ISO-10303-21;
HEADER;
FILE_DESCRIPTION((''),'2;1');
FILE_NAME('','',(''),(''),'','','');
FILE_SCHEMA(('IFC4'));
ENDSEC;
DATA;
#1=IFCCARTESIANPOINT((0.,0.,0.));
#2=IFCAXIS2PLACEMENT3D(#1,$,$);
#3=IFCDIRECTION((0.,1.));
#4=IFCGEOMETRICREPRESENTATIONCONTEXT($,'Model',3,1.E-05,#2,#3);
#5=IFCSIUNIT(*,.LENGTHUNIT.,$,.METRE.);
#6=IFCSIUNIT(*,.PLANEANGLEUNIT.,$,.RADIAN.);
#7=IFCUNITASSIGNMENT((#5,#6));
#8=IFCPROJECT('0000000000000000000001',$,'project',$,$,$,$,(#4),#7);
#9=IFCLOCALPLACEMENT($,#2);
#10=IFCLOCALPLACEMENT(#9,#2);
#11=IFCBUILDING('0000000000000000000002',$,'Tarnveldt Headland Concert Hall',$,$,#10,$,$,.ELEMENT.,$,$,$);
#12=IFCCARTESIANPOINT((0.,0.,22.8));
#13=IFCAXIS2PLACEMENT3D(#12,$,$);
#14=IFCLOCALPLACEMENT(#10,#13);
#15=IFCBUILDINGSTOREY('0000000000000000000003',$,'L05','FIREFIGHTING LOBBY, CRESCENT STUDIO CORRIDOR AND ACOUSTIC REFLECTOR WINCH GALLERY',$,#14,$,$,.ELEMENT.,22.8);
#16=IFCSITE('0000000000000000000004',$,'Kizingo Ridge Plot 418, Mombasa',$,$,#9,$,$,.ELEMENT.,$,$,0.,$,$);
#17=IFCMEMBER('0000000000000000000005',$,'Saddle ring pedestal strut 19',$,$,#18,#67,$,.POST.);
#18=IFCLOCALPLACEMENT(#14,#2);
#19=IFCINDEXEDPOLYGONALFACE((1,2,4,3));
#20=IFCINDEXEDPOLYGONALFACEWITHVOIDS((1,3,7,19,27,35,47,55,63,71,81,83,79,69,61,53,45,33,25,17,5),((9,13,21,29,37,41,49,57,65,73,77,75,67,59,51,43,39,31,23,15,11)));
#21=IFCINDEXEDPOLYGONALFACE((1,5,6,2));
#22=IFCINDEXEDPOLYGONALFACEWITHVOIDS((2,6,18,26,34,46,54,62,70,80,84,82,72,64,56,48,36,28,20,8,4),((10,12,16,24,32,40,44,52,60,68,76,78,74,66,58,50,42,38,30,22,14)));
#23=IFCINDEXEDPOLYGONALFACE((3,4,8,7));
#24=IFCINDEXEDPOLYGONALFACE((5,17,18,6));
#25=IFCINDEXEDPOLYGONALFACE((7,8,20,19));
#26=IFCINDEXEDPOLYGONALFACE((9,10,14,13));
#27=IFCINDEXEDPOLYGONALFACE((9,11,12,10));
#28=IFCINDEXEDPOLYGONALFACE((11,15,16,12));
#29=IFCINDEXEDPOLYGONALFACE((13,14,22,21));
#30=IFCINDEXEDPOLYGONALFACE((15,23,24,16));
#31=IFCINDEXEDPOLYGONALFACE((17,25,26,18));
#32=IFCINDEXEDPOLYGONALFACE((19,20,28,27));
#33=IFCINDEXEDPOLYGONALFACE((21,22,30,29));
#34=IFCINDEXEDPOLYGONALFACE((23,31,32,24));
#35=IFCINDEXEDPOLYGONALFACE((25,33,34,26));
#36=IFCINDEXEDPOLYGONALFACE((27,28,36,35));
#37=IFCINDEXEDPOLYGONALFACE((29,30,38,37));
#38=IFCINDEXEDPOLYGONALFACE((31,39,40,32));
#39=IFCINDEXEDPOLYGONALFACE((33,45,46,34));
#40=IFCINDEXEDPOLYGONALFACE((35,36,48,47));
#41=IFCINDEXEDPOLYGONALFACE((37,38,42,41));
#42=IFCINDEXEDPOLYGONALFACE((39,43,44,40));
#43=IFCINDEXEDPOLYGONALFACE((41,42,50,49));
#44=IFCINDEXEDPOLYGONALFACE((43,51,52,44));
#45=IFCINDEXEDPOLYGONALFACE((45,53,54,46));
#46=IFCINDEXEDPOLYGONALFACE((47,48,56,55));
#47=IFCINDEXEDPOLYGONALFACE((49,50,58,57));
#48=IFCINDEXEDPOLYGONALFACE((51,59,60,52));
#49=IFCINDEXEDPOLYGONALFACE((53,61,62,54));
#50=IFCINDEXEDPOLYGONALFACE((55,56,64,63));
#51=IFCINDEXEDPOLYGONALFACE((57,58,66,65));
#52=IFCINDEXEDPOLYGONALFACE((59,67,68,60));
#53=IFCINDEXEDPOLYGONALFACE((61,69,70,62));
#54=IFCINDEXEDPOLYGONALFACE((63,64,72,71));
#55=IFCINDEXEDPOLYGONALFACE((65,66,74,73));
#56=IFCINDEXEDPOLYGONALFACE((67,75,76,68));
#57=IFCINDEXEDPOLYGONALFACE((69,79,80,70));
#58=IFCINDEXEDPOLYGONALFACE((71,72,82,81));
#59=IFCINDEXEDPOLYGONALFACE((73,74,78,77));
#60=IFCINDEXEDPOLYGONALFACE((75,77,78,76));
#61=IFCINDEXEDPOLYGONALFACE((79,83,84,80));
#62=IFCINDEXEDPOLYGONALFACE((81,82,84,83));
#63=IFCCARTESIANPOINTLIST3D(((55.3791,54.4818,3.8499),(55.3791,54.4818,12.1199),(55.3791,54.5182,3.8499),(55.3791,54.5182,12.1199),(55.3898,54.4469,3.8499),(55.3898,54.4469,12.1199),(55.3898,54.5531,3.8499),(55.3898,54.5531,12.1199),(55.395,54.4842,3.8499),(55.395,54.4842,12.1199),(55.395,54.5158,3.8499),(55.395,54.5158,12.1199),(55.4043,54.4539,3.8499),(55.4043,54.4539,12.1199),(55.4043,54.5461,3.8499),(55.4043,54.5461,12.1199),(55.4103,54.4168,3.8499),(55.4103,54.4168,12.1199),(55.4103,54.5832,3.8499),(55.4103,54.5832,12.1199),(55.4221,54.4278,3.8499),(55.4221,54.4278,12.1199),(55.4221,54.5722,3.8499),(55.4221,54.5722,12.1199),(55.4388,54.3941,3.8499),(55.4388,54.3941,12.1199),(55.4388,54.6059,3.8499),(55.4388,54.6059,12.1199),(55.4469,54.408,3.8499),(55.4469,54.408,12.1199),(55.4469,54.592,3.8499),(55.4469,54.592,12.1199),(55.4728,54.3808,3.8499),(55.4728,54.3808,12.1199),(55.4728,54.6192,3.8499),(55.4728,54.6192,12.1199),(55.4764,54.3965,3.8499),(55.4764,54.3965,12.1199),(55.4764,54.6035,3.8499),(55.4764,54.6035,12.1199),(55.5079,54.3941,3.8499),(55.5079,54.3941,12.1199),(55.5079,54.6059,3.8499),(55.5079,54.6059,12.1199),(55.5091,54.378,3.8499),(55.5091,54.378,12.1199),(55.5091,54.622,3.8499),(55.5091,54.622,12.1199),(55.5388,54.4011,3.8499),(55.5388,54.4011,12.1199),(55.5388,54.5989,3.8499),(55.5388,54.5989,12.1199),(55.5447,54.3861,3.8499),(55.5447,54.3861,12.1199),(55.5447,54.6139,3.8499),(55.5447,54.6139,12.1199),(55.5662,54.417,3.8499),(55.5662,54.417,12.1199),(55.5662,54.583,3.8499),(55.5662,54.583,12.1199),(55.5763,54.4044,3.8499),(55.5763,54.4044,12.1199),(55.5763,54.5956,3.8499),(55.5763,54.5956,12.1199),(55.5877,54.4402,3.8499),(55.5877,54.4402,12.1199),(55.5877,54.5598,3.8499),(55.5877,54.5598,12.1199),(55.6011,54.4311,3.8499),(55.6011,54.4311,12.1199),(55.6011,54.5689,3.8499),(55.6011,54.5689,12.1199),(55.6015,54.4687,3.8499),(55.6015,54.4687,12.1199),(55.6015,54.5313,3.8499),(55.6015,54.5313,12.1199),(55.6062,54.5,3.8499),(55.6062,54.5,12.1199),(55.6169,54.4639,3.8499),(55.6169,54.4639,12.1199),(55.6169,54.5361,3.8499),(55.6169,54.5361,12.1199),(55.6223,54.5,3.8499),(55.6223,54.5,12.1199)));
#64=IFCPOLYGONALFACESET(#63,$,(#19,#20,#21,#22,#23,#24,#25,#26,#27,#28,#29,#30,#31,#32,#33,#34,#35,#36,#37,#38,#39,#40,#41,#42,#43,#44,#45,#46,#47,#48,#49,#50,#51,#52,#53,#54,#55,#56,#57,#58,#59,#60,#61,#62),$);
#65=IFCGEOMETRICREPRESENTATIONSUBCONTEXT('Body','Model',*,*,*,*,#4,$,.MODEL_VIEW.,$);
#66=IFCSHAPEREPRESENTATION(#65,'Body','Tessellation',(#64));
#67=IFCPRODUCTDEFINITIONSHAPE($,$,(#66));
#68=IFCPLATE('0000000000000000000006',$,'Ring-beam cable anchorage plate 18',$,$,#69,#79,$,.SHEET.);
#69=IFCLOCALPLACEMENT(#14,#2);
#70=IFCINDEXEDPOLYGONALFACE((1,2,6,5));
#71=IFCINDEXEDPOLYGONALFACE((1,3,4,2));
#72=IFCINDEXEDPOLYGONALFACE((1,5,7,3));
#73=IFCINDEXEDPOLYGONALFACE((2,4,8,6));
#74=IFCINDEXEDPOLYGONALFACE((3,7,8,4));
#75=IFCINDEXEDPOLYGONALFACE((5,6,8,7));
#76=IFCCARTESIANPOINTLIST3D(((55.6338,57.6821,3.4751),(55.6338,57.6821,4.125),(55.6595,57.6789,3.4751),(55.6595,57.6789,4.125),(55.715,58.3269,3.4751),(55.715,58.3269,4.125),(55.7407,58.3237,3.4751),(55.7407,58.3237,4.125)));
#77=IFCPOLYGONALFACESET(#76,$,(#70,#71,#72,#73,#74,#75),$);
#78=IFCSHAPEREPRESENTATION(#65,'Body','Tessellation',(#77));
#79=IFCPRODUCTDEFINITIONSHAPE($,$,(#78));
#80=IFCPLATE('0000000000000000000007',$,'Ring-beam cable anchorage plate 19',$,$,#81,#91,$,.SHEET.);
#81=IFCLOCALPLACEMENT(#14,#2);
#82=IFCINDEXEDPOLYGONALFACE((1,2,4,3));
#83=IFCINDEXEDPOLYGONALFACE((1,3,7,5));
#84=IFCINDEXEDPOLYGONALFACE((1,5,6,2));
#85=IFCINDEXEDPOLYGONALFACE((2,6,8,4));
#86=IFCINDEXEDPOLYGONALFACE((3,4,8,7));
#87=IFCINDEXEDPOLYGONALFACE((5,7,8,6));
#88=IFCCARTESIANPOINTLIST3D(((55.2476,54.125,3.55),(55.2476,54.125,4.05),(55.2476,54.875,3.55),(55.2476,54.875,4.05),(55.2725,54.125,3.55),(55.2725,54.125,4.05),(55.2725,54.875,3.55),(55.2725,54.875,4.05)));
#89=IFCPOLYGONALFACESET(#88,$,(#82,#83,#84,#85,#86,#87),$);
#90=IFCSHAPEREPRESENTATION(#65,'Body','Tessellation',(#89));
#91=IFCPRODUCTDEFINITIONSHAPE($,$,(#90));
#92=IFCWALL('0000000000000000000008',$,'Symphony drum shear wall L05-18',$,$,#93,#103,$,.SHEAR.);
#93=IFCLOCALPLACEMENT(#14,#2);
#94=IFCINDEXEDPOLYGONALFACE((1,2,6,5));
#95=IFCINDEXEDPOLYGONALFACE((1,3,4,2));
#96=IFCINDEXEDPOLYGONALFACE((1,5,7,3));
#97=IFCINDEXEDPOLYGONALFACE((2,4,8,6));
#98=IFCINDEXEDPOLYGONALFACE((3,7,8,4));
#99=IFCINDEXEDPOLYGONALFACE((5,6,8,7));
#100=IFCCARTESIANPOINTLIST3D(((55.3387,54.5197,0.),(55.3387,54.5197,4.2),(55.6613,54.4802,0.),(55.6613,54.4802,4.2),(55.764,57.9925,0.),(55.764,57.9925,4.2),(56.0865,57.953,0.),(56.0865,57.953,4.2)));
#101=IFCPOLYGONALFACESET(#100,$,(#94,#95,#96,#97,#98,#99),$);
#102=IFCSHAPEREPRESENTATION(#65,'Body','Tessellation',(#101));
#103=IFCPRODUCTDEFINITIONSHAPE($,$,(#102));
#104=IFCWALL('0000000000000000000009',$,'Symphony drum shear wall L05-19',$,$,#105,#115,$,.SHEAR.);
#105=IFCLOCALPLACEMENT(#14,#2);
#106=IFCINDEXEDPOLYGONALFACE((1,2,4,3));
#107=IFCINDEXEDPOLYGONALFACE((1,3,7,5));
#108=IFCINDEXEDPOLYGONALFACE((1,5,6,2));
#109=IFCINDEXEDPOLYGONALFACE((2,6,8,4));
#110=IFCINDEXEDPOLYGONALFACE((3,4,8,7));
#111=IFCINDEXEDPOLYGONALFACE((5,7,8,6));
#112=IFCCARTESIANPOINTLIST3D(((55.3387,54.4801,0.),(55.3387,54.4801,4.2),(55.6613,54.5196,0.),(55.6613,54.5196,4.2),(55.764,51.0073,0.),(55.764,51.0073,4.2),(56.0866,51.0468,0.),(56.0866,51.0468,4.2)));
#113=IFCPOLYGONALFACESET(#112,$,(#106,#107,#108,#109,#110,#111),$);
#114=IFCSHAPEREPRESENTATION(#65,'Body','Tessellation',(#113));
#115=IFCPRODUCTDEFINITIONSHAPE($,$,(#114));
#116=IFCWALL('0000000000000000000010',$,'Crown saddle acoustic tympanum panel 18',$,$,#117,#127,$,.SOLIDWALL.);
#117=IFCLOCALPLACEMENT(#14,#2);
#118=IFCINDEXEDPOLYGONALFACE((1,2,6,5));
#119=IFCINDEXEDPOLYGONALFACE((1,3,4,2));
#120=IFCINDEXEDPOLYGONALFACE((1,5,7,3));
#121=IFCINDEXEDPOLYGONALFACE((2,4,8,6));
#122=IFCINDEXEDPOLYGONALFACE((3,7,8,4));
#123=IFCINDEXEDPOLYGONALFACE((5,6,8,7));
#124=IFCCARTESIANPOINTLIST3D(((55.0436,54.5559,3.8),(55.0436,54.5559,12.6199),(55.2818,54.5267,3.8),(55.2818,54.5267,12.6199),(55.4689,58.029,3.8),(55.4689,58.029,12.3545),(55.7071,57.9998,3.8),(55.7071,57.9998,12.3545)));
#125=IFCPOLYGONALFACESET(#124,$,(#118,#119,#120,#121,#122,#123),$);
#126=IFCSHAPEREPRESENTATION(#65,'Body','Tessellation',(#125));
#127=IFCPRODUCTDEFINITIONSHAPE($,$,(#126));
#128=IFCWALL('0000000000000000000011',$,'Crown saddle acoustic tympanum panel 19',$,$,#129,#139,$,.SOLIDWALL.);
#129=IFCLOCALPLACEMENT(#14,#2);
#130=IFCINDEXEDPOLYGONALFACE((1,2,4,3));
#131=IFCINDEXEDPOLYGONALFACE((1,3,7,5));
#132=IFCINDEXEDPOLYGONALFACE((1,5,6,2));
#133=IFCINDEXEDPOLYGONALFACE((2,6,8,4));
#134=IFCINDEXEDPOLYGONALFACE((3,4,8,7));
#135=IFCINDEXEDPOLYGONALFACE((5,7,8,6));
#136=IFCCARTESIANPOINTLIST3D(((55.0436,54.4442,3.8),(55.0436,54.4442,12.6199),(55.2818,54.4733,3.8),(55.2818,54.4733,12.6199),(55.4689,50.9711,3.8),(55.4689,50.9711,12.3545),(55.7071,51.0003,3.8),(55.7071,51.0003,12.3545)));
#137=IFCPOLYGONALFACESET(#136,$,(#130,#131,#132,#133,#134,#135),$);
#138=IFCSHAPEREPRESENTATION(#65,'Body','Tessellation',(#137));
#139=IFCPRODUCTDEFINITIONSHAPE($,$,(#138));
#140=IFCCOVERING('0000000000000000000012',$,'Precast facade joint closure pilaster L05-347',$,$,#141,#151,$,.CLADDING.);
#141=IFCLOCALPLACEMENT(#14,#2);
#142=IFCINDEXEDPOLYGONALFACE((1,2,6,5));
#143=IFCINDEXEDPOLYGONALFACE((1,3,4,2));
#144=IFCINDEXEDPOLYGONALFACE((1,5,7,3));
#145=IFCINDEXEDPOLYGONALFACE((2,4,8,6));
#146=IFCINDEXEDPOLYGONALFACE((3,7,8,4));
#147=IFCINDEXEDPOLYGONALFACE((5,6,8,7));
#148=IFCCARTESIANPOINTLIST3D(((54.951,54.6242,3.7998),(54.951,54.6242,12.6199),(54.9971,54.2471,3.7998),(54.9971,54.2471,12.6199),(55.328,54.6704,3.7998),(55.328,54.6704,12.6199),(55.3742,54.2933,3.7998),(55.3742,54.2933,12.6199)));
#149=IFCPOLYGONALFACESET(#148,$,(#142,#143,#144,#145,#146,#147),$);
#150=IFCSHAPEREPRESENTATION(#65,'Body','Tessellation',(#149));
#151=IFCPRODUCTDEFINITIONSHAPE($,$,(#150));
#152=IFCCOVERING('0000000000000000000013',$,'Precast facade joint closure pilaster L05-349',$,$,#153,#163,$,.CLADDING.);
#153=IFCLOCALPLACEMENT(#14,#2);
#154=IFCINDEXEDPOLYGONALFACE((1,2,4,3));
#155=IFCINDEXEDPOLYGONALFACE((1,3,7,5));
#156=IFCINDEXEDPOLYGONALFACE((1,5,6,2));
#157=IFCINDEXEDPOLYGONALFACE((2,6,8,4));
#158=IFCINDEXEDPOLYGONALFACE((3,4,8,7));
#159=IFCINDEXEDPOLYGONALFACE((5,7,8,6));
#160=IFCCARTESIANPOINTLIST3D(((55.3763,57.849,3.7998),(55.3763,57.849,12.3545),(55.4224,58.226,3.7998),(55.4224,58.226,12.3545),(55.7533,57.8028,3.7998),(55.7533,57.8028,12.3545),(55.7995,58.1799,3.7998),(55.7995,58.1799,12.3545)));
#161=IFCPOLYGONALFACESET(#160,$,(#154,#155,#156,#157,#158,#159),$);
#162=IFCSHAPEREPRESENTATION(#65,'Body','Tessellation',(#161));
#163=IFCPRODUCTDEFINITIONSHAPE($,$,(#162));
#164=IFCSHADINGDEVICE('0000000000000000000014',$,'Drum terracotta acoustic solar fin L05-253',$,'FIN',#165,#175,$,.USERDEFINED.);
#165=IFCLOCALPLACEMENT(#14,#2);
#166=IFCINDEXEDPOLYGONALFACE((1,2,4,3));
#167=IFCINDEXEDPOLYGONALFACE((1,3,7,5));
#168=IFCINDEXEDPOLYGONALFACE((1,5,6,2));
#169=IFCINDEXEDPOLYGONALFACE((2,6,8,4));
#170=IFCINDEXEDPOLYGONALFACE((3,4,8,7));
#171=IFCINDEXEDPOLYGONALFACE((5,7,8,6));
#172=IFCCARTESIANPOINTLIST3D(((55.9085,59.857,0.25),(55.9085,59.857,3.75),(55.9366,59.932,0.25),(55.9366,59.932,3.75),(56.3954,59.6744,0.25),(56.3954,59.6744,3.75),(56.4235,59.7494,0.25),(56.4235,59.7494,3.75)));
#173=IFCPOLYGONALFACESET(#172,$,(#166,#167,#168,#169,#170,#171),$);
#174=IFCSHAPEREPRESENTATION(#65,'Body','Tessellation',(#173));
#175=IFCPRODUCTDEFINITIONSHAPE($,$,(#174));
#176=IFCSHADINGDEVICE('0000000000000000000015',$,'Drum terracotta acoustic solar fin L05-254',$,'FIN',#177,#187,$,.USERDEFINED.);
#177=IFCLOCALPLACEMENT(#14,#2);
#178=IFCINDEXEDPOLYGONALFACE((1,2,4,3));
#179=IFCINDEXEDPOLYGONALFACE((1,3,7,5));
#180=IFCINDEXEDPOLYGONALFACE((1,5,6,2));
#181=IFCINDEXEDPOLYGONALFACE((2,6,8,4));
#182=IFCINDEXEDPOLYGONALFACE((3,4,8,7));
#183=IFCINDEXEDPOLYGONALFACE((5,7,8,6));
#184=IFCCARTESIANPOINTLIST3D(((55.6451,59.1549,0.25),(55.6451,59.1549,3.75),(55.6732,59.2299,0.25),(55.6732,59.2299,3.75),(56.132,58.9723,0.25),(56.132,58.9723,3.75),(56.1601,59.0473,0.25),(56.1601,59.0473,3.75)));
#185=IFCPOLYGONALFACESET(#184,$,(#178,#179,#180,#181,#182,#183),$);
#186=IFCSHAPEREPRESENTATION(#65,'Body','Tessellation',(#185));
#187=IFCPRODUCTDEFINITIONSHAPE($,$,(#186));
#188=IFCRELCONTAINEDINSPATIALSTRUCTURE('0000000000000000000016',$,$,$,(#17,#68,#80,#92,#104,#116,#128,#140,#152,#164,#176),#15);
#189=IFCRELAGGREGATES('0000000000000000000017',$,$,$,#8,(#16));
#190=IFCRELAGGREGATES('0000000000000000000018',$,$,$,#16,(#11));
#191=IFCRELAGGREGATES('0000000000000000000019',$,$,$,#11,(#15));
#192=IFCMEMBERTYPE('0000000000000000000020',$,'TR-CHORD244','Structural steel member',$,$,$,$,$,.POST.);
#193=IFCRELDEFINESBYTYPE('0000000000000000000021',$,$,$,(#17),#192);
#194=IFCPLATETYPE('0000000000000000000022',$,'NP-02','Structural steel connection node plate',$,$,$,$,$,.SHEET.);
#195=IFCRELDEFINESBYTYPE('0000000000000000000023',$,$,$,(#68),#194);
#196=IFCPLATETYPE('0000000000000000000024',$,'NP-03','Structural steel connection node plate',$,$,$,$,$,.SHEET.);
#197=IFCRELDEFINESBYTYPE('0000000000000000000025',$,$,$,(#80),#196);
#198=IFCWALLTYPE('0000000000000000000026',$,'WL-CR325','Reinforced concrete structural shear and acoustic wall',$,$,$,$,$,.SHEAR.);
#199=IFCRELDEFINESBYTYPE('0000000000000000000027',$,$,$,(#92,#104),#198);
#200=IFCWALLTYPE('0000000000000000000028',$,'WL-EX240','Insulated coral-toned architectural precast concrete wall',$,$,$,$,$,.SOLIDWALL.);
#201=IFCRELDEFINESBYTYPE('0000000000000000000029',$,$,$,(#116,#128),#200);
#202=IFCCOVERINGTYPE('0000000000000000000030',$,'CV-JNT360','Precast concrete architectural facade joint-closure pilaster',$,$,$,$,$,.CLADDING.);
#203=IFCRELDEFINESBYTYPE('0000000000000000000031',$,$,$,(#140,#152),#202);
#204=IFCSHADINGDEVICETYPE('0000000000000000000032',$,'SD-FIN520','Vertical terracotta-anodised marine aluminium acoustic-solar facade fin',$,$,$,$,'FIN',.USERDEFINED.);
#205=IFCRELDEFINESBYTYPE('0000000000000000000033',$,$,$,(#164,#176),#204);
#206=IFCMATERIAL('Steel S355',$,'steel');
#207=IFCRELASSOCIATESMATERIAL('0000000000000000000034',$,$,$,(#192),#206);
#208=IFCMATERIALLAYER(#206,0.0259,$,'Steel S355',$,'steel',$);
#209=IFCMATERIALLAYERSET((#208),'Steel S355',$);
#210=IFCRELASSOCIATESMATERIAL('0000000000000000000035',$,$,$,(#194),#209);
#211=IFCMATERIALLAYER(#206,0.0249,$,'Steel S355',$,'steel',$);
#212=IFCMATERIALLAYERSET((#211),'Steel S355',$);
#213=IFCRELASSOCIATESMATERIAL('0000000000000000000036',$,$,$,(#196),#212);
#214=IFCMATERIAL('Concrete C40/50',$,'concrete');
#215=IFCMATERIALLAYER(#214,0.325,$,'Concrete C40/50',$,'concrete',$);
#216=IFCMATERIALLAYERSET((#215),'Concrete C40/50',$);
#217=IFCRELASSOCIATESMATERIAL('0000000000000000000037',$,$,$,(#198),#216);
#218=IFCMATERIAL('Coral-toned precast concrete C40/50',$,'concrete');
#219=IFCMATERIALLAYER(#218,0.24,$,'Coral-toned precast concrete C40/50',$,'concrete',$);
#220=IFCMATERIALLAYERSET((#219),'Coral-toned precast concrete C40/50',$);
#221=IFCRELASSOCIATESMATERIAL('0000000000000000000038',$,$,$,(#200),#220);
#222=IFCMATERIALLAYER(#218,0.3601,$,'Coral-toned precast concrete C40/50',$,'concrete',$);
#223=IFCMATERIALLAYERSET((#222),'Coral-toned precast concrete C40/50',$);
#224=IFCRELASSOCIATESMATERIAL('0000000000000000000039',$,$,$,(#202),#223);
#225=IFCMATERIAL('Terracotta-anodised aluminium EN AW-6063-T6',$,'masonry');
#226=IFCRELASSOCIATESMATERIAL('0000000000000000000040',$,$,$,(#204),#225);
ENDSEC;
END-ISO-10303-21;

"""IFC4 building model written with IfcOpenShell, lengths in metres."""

from ifc_helpers import new_model, si_unit, direction, frame, frame_2d, origin, origin_2d, place, context, subcontext, project, spatial, polyline, rectangle, hollow_circle, outline, extrude, material, layer, layer_set, material_profile, profile_set, type_object, element, save


model = new_model("IFC4")

# Units and contexts
model_context = context("Model", 3, precision=1e-05, world=origin(), true_north=direction((0.0, 1.0)))
body_context = subcontext(model_context, "Body", "Model", "MODEL_VIEW")
ifc_project = project(units=[si_unit("LENGTHUNIT", "METRE"), si_unit("PLANEANGLEUNIT", "RADIAN")], contexts=[model_context])

# Site, building, storey
site_placement = place(None, origin())
site = spatial("IfcSite", under=ifc_project, at=site_placement, Name="Kizingo Ridge Plot 418, Mombasa", CompositionType="ELEMENT", RefElevation=0.0)
building_placement = place(site_placement, origin())
building = spatial("IfcBuilding", under=site, at=building_placement, Name="Tarnveldt Headland Concert Hall", CompositionType="ELEMENT")
storey_placement = place(building_placement, frame((0.0, 0.0, 22.8)))
storey = spatial("IfcBuildingStorey", under=building, at=storey_placement, Name="L05", Description="FIREFIGHTING LOBBY, CRESCENT STUDIO CORRIDOR AND ACOUSTIC REFLECTOR WINCH GALLERY", CompositionType="ELEMENT", Elevation=22.8)

# Shared definitions
ifc_material_1 = material(Name="Concrete C40/50", Category="concrete")

# Shared definitions
ifc_material_2 = material(Name="Steel S355", Category="steel")

# Member
ifc_material_profile_1 = material_profile(ifc_material_2, hollow_circle(Radius=0.1223, WallThickness=0.0161, at=origin_2d()), Name="CHS 244.5x16", Category="steel")
ifc_profile_set_1 = profile_set([ifc_material_profile_1], Name="Steel S355")
member_type_1 = type_object("IfcMemberType", Name="TR-CHORD244", Description="Structural steel member", PredefinedType="POST", material=ifc_profile_set_1)
member_1_placement = place(storey_placement, frame((55.5, 54.5, 3.8499), z_axis=(0.0, 0.0, 1.0), x_axis=(1.0, 0.0, 0.0)))
element("IfcMember", 1, at=member_1_placement, inside=storey, type_object=member_type_1, Name="Saddle ring pedestal strut 19", PredefinedType="POST", context=body_context, shape_type="SweptSolid", body=[
    extrude(hollow_circle(Radius=0.1223, WallThickness=0.0161, at=origin_2d()), origin(), (0.0, 0.0, 1.0), 8.27),
])

# Plates
ifc_layer_1 = layer(ifc_material_2, 0.0259, Name="Steel S355", Category="steel")
ifc_layer_set_1 = layer_set([ifc_layer_1], Name="Steel S355")
plate_type_1 = type_object("IfcPlateType", Name="NP-02", Description="Structural steel connection node plate", PredefinedType="SHEET", material=ifc_layer_set_1)
plate_1_placement = place(storey_placement, frame((55.6873, 58.0029, 3.4751), z_axis=(0.0, 0.0, 1.0), x_axis=(-0.124987, -0.992158, 0.0)))
element("IfcPlate", 2, at=plate_1_placement, inside=storey, type_object=plate_type_1, Name="Ring-beam cable anchorage plate 18", PredefinedType="SHEET", context=body_context, shape_type="SweptSolid", body=[
    extrude(rectangle(XDim=0.6499, YDim=0.0259, at=origin_2d()), origin(), (0.0, 0.0, 1.0), 0.6499),
])
ifc_layer_2 = layer(ifc_material_2, 0.0249, Name="Steel S355", Category="steel")
ifc_layer_set_2 = layer_set([ifc_layer_2], Name="Steel S355")
plate_type_2 = type_object("IfcPlateType", Name="NP-03", Description="Structural steel connection node plate", PredefinedType="SHEET", material=ifc_layer_set_2)
plate_2_placement = place(storey_placement, frame((55.26, 54.5, 3.55), z_axis=(0.0, 0.0, 1.0), x_axis=(0.0, -1.0, 0.0)))
element("IfcPlate", 3, at=plate_2_placement, inside=storey, type_object=plate_type_2, Name="Ring-beam cable anchorage plate 19", PredefinedType="SHEET", context=body_context, shape_type="SweptSolid", body=[
    extrude(rectangle(XDim=0.75, YDim=0.0249, at=origin_2d()), origin(), (0.0, 0.0, 1.0), 0.5),
])

# Walls
ifc_layer_3 = layer(ifc_material_1, 0.325, Name="Concrete C40/50", Category="concrete")
ifc_layer_set_3 = layer_set([ifc_layer_3], Name="Concrete C40/50")
wall_type_1 = type_object("IfcWallType", Name="WL-CR325", Description="Reinforced concrete structural shear and acoustic wall", PredefinedType="SHEAR", material=ifc_layer_set_3)
for number, where, z_axis, x_axis, name in (
    (4, (55.9253, 57.9729, 0.0), (0.0, 0.0, 1.0), (-0.121552, -0.992585, 0.0), "Symphony drum shear wall L05-18"),
    (5, (55.5, 54.5, 0.0), (0.0, 0.0, 1.0), (0.121552, -0.992585, 0.0), "Symphony drum shear wall L05-19"),
):
    element("IfcWall", number, at=place(storey_placement, frame(where, z_axis=z_axis, x_axis=x_axis)), inside=storey, type_object=wall_type_1, Name=name, PredefinedType="SHEAR", context=body_context, shape_type="SweptSolid", body=[
        extrude(rectangle(XDim=3.4988, YDim=0.325, at=frame_2d((1.7495, 0.0))), origin(), (0.0, 0.0, 1.0), 4.2),
    ])
ifc_material_3 = material(Name="Coral-toned precast concrete C40/50", Category="concrete")
ifc_layer_4 = layer(ifc_material_3, 0.24, Name="Coral-toned precast concrete C40/50", Category="concrete")
ifc_layer_set_4 = layer_set([ifc_layer_4], Name="Coral-toned precast concrete C40/50")
wall_type_2 = type_object("IfcWallType", Name="WL-EX240", Description="Insulated coral-toned architectural precast concrete wall", PredefinedType="SOLIDWALL", material=ifc_layer_set_4)
wall_1_placement = place(storey_placement, frame((55.5879, 58.0144, 3.8), z_axis=(0.0, 0.0, 1.0), x_axis=(-0.121544, -0.992586, 0.0)))
element("IfcWall", 6, at=wall_1_placement, inside=storey, type_object=wall_type_2, Name="Crown saddle acoustic tympanum panel 18", PredefinedType="SOLIDWALL", context=body_context, shape_type="SweptSolid", body=[
    extrude(outline(polyline([(0.0, 0.0), (3.499, 0.0), (3.499, 8.8198), (0.0, 8.5544), (0.0, 0.0)])), frame((0.0, 0.1201, 0.0), z_axis=(0.0, -1.0, 0.0), x_axis=(1.0, 0.0, 0.0)), (0.0, 0.0, 1.0), 0.24),
])
wall_2_placement = place(storey_placement, frame((55.1626, 54.4587, 3.8), z_axis=(0.0, 0.0, 1.0), x_axis=(0.121544, -0.992586, 0.0)))
element("IfcWall", 7, at=wall_2_placement, inside=storey, type_object=wall_type_2, Name="Crown saddle acoustic tympanum panel 19", PredefinedType="SOLIDWALL", context=body_context, shape_type="SweptSolid", body=[
    extrude(outline(polyline([(0.0, 0.0), (3.499, 0.0), (3.499, 8.5544), (0.0, 8.8198), (0.0, 0.0)])), frame((0.0, 0.1201, 0.0), z_axis=(0.0, -1.0, 0.0), x_axis=(1.0, 0.0, 0.0)), (0.0, 0.0, 1.0), 0.24),
])

# Coverings
ifc_layer_5 = layer(ifc_material_3, 0.3601, Name="Coral-toned precast concrete C40/50", Category="concrete")
ifc_layer_set_5 = layer_set([ifc_layer_5], Name="Coral-toned precast concrete C40/50")
covering_type = type_object("IfcCoveringType", Name="CV-JNT360", Description="Precast concrete architectural facade joint-closure pilaster", PredefinedType="CLADDING", material=ifc_layer_set_5)
covering_1_placement = place(storey_placement, frame((55.1626, 54.4587, 3.7998), z_axis=(0.0, 0.0, 1.0), x_axis=(-0.992589, -0.121523, 0.0)))
element("IfcCovering", 8, at=covering_1_placement, inside=storey, type_object=covering_type, Name="Precast facade joint closure pilaster L05-347", PredefinedType="CLADDING", context=body_context, shape_type="SweptSolid", body=[
    extrude(rectangle(XDim=0.3799, YDim=0.3799, at=origin_2d()), origin(), (0.0, 0.0, 1.0), 8.8201),
])
covering_2_placement = place(storey_placement, frame((55.5879, 58.0144, 3.7998), z_axis=(0.0, 0.0, 1.0), x_axis=(-0.992589, 0.121523, 0.0)))
element("IfcCovering", 9, at=covering_2_placement, inside=storey, type_object=covering_type, Name="Precast facade joint closure pilaster L05-349", PredefinedType="CLADDING", context=body_context, shape_type="SweptSolid", body=[
    extrude(rectangle(XDim=0.3799, YDim=0.3799, at=origin_2d()), origin(), (0.0, 0.0, 1.0), 8.5547),
])

# Shading devices
ifc_material_4 = material(Name="Terracotta-anodised aluminium EN AW-6063-T6", Category="masonry")
shading_device_type = type_object("IfcShadingDeviceType", Name="SD-FIN520", Description="Vertical terracotta-anodised marine aluminium acoustic-solar facade fin", ElementType="FIN", PredefinedType="USERDEFINED", material=ifc_material_4)
for number, where, z_axis, x_axis, name in (
    (10, (56.166, 59.8032, 0.25), (0.0, 0.0, 1.0), (-0.936305, 0.351188, 0.0), "Drum terracotta acoustic solar fin L05-253"),
    (11, (55.9026, 59.1011, 0.25), (0.0, 0.0, 1.0), (-0.936305, 0.351188, 0.0), "Drum terracotta acoustic solar fin L05-254"),
):
    element("IfcShadingDevice", number, at=place(storey_placement, frame(where, z_axis=z_axis, x_axis=x_axis)), inside=storey, type_object=shading_device_type, Name=name, ObjectType="FIN", PredefinedType="USERDEFINED", context=body_context, shape_type="SweptSolid", body=[
        extrude(rectangle(XDim=0.52, YDim=0.0801, at=origin_2d()), origin(), (0.0, 0.0, 1.0), 3.5),
    ])

save(model, "model.ifc")
